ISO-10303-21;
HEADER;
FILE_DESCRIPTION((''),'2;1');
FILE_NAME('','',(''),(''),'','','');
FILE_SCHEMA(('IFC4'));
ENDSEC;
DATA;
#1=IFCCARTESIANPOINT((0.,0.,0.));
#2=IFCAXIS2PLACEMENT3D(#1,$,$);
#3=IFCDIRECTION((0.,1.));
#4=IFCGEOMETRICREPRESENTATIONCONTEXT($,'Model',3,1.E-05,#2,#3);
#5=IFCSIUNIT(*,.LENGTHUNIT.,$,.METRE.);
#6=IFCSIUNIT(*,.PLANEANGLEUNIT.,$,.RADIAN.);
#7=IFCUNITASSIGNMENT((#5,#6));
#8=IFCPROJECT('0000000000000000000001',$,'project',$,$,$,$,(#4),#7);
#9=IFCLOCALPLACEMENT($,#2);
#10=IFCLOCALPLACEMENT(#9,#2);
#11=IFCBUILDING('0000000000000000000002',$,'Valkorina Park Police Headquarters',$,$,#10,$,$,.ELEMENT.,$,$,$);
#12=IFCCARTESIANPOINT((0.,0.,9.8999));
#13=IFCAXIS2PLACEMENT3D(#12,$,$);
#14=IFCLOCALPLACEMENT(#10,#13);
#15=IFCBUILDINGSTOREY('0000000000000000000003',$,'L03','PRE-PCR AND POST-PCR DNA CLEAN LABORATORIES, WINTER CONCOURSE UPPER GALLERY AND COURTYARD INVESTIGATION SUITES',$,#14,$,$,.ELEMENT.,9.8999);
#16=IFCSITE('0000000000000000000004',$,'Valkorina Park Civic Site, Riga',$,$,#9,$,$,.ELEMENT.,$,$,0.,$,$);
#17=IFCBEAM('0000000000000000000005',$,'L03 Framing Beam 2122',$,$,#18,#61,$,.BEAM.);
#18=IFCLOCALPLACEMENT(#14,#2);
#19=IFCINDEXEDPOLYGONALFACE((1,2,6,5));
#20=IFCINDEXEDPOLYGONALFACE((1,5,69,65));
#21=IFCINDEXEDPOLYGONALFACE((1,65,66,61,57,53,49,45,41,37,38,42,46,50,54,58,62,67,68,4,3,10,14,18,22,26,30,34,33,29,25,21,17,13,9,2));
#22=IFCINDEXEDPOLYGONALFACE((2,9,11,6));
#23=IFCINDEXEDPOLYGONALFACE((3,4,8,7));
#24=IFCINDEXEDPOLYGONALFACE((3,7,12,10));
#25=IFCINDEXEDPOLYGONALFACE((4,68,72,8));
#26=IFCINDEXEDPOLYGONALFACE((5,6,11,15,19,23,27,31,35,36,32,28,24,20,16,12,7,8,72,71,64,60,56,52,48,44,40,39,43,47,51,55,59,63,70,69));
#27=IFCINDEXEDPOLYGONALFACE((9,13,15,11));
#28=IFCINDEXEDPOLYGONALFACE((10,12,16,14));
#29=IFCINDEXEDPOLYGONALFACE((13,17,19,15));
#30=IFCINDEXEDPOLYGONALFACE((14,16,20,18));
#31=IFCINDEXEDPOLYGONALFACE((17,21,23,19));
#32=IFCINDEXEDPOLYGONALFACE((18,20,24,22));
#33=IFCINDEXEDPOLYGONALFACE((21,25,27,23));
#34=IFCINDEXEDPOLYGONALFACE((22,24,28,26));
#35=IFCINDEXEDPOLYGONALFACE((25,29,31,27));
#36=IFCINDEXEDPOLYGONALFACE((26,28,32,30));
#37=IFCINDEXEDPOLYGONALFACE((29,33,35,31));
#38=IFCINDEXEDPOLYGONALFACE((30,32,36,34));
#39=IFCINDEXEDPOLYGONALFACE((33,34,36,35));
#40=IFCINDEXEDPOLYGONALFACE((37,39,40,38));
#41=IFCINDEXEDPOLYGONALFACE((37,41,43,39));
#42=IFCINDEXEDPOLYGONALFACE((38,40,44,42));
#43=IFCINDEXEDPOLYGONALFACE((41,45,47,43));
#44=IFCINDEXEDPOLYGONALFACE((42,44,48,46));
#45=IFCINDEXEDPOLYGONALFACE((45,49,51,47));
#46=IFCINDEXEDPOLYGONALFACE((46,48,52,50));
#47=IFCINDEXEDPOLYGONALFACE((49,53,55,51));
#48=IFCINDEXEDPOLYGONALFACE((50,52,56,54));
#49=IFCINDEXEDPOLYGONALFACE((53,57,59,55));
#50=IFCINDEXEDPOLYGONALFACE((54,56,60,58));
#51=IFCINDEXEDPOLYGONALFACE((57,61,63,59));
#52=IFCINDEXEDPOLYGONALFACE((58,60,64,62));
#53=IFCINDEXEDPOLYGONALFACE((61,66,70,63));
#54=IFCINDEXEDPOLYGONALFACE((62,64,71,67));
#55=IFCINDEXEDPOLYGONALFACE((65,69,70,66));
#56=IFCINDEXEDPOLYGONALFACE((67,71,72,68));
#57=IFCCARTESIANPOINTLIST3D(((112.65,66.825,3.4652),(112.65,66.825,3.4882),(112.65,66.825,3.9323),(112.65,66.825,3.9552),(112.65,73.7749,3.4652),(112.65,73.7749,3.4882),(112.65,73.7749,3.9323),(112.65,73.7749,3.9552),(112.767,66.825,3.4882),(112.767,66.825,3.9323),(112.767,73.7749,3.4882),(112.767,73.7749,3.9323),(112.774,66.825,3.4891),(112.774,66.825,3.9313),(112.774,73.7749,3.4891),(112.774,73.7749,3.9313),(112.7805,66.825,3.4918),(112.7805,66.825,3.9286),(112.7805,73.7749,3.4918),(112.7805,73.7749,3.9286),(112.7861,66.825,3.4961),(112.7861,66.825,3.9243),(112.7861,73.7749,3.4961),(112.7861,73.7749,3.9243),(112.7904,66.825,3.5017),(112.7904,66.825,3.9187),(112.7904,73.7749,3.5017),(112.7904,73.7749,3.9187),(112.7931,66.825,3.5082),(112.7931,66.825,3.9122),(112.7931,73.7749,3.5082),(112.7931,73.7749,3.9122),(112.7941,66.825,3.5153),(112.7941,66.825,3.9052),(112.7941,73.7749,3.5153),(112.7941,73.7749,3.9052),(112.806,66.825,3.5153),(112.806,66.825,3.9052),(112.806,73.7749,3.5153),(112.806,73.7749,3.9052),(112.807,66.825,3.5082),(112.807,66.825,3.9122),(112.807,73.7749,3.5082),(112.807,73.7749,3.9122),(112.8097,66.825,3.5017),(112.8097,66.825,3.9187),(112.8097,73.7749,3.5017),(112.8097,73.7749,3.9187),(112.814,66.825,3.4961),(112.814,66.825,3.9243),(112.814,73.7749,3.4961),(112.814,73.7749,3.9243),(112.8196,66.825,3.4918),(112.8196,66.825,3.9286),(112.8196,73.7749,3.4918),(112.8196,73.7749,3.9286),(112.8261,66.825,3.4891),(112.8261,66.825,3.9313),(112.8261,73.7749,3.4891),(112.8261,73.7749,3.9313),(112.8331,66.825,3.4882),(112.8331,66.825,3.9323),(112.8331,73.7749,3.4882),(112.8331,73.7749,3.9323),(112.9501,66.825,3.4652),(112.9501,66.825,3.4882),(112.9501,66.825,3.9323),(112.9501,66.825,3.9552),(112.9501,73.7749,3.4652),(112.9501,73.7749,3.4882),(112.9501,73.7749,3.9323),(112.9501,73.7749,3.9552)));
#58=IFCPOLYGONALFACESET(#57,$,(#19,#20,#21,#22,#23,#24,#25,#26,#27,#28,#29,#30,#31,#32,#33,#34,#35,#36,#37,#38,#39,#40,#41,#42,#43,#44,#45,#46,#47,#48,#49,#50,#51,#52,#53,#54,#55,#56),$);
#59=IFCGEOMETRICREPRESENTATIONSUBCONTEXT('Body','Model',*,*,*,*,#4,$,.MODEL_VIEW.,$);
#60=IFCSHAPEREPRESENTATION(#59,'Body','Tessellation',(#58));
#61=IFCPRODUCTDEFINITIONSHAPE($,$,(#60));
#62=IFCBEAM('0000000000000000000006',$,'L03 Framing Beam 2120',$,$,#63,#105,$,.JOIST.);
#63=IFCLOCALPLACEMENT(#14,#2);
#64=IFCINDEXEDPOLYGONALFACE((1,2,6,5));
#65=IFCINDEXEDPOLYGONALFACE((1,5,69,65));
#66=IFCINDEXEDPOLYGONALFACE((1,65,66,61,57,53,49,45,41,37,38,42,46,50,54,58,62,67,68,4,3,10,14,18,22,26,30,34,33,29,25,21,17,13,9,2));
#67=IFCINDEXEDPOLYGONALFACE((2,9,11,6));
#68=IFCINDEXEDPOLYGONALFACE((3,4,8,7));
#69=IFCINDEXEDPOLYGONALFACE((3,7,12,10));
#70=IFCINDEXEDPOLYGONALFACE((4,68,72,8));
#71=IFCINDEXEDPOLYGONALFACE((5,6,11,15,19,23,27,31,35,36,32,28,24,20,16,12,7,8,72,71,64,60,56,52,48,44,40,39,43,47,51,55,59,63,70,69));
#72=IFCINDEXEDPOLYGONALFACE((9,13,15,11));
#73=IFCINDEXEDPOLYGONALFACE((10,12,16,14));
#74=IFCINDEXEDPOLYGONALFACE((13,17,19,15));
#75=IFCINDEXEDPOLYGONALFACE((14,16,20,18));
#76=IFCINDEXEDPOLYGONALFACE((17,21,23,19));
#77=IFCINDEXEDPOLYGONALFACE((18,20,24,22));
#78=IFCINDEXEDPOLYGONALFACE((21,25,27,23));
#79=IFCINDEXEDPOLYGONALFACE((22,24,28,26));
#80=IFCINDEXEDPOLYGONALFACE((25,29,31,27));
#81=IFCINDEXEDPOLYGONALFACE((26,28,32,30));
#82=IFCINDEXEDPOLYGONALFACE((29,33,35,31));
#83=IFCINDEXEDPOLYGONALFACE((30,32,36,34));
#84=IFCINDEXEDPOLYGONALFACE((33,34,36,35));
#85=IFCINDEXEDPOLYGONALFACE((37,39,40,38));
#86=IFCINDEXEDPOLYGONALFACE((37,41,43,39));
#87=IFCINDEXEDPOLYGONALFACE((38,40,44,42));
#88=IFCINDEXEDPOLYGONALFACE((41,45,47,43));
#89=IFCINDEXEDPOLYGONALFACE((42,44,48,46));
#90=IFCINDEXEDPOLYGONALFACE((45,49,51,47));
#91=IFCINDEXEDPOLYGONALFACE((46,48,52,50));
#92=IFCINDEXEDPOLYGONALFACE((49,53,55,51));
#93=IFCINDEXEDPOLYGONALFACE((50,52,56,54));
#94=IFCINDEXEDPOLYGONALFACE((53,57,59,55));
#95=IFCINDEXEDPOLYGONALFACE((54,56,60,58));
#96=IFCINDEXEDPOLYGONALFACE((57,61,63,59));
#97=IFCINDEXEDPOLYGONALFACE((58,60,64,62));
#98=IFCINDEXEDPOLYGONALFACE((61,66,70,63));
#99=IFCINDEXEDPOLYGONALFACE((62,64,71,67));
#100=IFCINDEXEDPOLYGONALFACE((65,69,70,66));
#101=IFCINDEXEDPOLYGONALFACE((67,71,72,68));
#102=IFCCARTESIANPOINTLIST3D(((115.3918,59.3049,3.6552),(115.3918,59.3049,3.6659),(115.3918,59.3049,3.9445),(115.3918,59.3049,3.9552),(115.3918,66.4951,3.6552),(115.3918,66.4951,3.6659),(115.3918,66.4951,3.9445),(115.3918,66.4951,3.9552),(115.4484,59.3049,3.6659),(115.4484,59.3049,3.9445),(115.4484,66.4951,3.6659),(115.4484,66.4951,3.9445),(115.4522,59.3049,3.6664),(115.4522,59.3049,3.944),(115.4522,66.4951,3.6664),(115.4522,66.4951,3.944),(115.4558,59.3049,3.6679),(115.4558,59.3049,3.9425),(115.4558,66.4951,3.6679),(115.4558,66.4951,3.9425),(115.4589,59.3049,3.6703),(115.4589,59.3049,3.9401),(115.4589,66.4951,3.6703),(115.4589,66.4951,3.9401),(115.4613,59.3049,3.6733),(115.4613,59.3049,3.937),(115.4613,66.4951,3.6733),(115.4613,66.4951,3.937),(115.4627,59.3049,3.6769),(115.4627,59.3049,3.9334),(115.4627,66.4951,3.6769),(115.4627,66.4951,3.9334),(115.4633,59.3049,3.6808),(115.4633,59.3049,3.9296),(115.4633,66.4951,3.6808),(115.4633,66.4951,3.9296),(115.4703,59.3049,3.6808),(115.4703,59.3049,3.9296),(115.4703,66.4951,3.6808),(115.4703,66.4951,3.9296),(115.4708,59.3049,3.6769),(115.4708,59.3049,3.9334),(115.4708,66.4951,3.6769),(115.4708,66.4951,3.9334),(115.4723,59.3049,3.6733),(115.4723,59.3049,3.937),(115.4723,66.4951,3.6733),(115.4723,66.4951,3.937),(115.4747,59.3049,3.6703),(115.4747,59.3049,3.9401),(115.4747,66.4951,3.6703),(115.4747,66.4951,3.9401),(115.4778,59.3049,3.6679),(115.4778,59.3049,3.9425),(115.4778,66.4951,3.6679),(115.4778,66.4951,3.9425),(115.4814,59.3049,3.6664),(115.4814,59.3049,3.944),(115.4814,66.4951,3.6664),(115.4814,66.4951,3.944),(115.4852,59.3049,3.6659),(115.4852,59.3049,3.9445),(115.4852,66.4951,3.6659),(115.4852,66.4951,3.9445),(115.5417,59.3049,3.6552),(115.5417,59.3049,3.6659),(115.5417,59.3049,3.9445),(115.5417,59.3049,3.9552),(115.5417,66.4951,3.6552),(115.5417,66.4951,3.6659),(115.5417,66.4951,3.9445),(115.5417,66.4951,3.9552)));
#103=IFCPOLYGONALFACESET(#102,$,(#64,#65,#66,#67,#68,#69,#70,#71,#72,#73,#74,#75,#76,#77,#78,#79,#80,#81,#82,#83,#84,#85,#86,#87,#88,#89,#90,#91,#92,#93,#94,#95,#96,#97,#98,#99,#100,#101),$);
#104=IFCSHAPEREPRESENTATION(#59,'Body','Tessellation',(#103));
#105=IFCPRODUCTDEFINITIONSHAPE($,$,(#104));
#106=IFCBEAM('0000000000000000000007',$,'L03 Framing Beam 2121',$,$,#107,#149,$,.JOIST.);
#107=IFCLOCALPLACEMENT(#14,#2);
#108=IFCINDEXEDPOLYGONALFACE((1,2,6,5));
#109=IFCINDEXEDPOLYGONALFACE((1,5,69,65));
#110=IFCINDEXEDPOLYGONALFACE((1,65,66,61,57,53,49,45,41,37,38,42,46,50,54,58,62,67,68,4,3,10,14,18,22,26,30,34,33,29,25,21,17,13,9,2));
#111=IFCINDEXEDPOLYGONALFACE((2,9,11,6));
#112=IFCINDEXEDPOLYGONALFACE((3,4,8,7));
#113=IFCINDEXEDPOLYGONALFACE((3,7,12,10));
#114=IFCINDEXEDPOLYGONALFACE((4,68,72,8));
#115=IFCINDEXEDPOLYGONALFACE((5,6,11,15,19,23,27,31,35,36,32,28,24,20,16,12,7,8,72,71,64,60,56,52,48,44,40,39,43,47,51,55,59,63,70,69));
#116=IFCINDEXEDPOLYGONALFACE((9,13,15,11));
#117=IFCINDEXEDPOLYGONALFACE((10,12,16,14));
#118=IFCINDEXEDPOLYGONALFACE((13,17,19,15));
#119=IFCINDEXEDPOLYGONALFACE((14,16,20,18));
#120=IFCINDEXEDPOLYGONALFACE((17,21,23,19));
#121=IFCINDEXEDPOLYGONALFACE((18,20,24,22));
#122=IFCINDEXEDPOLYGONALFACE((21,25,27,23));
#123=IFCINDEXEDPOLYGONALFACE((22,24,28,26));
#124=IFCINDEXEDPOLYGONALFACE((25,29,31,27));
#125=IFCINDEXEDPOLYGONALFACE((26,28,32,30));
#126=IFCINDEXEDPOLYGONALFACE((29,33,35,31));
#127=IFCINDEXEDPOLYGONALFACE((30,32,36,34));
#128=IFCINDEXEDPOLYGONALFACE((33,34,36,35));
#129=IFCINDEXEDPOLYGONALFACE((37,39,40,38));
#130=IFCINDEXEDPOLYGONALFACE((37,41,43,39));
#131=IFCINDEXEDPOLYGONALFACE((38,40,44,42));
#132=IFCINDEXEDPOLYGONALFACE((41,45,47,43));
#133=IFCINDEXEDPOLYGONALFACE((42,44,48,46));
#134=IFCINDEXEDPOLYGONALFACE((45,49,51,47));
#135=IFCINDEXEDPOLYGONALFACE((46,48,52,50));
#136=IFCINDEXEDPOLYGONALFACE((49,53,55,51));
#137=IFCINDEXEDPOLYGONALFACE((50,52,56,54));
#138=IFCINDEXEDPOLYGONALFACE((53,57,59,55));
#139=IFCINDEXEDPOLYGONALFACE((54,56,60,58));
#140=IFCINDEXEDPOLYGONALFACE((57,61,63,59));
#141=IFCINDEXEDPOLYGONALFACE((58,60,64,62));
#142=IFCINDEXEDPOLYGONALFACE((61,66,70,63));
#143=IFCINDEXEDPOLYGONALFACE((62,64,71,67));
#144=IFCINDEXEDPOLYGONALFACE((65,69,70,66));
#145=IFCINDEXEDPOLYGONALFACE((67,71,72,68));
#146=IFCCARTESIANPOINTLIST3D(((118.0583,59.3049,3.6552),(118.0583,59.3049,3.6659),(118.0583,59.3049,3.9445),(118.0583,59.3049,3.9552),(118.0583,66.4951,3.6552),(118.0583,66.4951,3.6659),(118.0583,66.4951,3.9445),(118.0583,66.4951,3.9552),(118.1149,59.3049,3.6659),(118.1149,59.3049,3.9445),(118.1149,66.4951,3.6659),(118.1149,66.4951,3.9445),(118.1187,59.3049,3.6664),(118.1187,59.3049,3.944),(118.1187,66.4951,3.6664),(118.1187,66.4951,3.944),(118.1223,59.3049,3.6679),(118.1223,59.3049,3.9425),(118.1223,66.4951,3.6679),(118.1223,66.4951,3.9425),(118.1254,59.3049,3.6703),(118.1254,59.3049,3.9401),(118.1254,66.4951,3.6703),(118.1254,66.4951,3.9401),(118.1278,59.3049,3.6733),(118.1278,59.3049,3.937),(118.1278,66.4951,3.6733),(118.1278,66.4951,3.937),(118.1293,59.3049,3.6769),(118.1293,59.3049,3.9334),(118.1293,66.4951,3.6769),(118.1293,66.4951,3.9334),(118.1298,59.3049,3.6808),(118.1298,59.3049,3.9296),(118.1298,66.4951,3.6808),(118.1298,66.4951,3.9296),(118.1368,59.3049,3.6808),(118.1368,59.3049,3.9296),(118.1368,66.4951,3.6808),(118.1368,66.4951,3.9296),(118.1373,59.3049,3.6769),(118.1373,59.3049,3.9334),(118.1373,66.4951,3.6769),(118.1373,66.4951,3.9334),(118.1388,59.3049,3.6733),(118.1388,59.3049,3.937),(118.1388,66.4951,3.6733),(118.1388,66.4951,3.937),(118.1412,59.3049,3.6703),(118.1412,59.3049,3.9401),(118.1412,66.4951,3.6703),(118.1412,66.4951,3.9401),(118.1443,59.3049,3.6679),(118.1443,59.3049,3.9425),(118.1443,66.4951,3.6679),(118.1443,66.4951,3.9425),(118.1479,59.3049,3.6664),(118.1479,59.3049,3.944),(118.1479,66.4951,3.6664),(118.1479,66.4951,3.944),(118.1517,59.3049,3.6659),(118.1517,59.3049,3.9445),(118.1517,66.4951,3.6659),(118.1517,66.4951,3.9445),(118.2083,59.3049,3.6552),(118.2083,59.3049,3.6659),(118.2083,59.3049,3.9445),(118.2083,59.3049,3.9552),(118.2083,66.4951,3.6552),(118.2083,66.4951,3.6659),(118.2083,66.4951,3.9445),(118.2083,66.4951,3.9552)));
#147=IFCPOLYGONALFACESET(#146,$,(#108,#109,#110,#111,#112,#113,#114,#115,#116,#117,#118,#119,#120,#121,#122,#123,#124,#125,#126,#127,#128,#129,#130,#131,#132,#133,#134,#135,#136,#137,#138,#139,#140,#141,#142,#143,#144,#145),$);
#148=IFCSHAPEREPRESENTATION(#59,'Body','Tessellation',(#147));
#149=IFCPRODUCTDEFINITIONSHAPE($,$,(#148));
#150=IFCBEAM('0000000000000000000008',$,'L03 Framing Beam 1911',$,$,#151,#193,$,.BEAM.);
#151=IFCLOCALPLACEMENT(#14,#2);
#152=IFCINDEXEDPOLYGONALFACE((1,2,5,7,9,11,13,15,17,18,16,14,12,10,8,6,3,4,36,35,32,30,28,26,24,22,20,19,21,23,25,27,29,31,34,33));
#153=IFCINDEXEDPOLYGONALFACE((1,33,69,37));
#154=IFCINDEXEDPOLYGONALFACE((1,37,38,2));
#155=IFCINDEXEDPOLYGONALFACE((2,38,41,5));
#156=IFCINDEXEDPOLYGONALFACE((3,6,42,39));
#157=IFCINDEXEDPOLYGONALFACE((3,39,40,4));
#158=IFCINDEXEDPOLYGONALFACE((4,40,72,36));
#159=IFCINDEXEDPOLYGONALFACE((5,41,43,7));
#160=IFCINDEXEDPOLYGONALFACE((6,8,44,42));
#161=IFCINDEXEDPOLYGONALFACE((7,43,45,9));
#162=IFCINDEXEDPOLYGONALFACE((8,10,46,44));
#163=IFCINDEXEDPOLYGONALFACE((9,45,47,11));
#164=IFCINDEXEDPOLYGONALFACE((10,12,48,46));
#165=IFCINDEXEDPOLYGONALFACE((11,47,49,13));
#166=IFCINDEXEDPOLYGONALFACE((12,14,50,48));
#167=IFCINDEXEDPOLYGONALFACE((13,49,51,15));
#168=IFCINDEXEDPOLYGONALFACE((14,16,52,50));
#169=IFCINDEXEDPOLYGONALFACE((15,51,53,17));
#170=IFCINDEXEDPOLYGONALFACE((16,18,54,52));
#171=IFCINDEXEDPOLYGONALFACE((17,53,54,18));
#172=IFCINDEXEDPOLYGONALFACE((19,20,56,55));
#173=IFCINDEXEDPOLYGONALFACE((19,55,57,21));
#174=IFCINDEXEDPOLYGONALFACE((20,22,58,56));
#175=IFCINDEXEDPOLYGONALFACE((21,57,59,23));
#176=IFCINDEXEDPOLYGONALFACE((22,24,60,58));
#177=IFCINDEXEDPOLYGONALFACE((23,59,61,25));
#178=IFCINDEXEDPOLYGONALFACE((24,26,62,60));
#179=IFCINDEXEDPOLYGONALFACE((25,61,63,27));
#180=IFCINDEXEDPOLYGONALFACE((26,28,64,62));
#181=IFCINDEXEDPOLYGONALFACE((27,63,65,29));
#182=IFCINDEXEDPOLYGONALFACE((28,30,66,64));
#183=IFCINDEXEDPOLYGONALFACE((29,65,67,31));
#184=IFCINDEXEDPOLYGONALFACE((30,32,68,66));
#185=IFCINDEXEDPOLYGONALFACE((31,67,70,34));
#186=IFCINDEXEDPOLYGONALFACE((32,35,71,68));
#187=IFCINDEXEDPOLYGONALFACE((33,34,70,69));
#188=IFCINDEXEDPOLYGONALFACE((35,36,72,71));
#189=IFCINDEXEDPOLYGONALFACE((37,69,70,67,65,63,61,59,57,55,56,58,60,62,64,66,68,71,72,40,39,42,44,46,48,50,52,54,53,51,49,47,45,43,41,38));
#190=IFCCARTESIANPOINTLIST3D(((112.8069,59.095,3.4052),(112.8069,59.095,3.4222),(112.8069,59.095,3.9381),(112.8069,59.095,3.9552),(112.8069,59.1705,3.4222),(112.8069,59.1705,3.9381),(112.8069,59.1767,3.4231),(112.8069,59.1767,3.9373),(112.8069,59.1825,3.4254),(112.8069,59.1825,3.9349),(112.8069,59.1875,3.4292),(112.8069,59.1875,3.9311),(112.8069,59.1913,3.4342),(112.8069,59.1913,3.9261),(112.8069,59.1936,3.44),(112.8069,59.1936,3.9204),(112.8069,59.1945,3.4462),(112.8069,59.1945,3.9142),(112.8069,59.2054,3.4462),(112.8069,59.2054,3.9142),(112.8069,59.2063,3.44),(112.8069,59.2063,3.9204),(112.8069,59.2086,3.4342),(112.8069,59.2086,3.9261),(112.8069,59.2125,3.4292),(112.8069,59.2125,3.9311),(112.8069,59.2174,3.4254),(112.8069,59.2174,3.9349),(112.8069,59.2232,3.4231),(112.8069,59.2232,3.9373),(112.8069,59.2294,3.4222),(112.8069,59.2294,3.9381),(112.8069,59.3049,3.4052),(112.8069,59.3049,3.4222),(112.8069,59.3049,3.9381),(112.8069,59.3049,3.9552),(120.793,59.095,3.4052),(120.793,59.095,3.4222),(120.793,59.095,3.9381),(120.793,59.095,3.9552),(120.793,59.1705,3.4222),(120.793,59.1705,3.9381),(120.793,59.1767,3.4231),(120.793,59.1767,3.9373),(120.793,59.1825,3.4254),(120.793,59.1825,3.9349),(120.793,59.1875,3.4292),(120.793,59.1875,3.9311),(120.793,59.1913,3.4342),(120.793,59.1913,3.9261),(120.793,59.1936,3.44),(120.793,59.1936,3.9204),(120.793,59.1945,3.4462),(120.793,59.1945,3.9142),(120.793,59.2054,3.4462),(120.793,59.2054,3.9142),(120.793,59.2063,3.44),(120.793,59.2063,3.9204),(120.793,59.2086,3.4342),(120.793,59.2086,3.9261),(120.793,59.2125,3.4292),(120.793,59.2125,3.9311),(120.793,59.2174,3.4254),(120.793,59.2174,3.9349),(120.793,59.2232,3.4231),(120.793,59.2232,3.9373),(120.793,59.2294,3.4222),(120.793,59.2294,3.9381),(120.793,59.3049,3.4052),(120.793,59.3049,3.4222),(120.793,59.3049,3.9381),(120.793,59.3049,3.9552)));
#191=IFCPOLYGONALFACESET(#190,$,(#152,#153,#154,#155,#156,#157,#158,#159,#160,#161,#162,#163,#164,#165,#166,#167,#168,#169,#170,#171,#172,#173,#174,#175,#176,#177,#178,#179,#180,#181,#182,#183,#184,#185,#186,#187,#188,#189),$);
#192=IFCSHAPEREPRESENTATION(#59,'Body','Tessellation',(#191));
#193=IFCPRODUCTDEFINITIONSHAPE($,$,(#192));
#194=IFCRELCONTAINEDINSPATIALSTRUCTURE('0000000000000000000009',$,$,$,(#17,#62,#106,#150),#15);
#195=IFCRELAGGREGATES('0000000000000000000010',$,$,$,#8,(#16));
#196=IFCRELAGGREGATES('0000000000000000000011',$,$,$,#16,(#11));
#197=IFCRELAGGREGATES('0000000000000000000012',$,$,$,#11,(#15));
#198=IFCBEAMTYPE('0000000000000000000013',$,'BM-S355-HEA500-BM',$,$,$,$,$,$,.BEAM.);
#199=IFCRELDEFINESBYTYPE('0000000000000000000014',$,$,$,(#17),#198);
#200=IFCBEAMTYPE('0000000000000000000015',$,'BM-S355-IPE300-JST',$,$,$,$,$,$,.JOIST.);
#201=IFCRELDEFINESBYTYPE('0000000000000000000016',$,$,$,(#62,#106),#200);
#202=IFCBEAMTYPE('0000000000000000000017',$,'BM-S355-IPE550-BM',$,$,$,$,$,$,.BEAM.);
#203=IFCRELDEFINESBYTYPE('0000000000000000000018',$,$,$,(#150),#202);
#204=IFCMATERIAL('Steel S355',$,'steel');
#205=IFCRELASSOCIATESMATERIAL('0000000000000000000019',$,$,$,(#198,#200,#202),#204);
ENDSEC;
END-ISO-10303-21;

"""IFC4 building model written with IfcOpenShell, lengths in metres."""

from ifc_helpers import new_model, si_unit, direction, frame, origin, origin_2d, place, context, subcontext, project, spatial, i_section, extrude, material, material_profile, profile_set, type_object, element, save


model = new_model("IFC4")

# Units and contexts
model_context = context("Model", 3, precision=1e-05, world=origin(), true_north=direction((0.0, 1.0)))
body_context = subcontext(model_context, "Body", "Model", "MODEL_VIEW")
ifc_project = project(units=[si_unit("LENGTHUNIT", "METRE"), si_unit("PLANEANGLEUNIT", "RADIAN")], contexts=[model_context])

# Site, building, storey
site_placement = place(None, origin())
site = spatial("IfcSite", under=ifc_project, at=site_placement, Name="Valkorina Park Civic Site, Riga", CompositionType="ELEMENT", RefElevation=0.0)
building_placement = place(site_placement, origin())
building = spatial("IfcBuilding", under=site, at=building_placement, Name="Valkorina Park Police Headquarters", CompositionType="ELEMENT")
storey_placement = place(building_placement, frame((0.0, 0.0, 9.8999)))
storey = spatial("IfcBuildingStorey", under=building, at=storey_placement, Name="L03", Description="PRE-PCR AND POST-PCR DNA CLEAN LABORATORIES, WINTER CONCOURSE UPPER GALLERY AND COURTYARD INVESTIGATION SUITES", CompositionType="ELEMENT", Elevation=9.8999)

# Shared definitions
ifc_material_1 = material(Name="Steel S355", Category="steel")

# Beams
ifc_material_profile_1 = material_profile(ifc_material_1, i_section(OverallWidth=0.3, OverallDepth=0.49, WebThickness=0.012, FlangeThickness=0.0229, FilletRadius=0.0271, at=origin_2d()), Name="HEA 500")
ifc_profile_set_1 = profile_set([ifc_material_profile_1], Name="Steel S355")
beam_type_1 = type_object("IfcBeamType", Name="BM-S355-HEA500-BM", PredefinedType="BEAM", material=ifc_profile_set_1)
for number, where, z_axis, x_axis, name in (
    (1, (112.8, 66.825, 3.7102), (0.0, 1.0, 0.0), (-1.0, 0.0, 0.0), "L03 Framing Beam 2122"),
):
    element("IfcBeam", number, at=place(storey_placement, frame(where, z_axis=z_axis, x_axis=x_axis)), inside=storey, type_object=beam_type_1, Name=name, PredefinedType="BEAM", context=body_context, shape_type="SweptSolid", body=[
        extrude(i_section(OverallWidth=0.3, OverallDepth=0.49, WebThickness=0.012, FlangeThickness=0.0229, FilletRadius=0.0271, at=origin_2d()), origin(), (0.0, 0.0, 1.0), 6.95),
    ])
ifc_material_profile_2 = material_profile(ifc_material_1, i_section(OverallWidth=0.1499, OverallDepth=0.3, WebThickness=0.0071, FlangeThickness=0.0107, FilletRadius=0.0149, at=origin_2d()), Name="IPE 300")
ifc_profile_set_2 = profile_set([ifc_material_profile_2], Name="Steel S355")
beam_type_2 = type_object("IfcBeamType", Name="BM-S355-IPE300-JST", PredefinedType="JOIST", material=ifc_profile_set_2)
for number, where, z_axis, x_axis, name in (
    (2, (115.4668, 59.3049, 3.8052), (0.0, 1.0, 0.0), (-1.0, 0.0, 0.0), "L03 Framing Beam 2120"),
    (3, (118.1333, 59.3049, 3.8052), (0.0, 1.0, 0.0), (-1.0, 0.0, 0.0), "L03 Framing Beam 2121"),
):
    element("IfcBeam", number, at=place(storey_placement, frame(where, z_axis=z_axis, x_axis=x_axis)), inside=storey, type_object=beam_type_2, Name=name, PredefinedType="JOIST", context=body_context, shape_type="SweptSolid", body=[
        extrude(i_section(OverallWidth=0.1499, OverallDepth=0.3, WebThickness=0.0071, FlangeThickness=0.0107, FilletRadius=0.0149, at=origin_2d()), origin(), (0.0, 0.0, 1.0), 7.1902),
    ])
ifc_material_profile_3 = material_profile(ifc_material_1, i_section(OverallWidth=0.21, OverallDepth=0.55, WebThickness=0.011, FlangeThickness=0.0171, FilletRadius=0.0239, at=origin_2d()), Name="IPE 550")
ifc_profile_set_3 = profile_set([ifc_material_profile_3], Name="Steel S355")
beam_type_3 = type_object("IfcBeamType", Name="BM-S355-IPE550-BM", PredefinedType="BEAM", material=ifc_profile_set_3)
for number, where, z_axis, x_axis, name in (
    (4, (112.8069, 59.2, 3.6802), (1.0, 0.0, 0.0), (0.0, 1.0, 0.0), "L03 Framing Beam 1911"),
):
    element("IfcBeam", number, at=place(storey_placement, frame(where, z_axis=z_axis, x_axis=x_axis)), inside=storey, type_object=beam_type_3, Name=name, PredefinedType="BEAM", context=body_context, shape_type="SweptSolid", body=[
        extrude(i_section(OverallWidth=0.21, OverallDepth=0.55, WebThickness=0.011, FlangeThickness=0.0171, FilletRadius=0.0239, at=origin_2d()), origin(), (0.0, 0.0, 1.0), 7.9861),
    ])

save(model, "model.ifc")
